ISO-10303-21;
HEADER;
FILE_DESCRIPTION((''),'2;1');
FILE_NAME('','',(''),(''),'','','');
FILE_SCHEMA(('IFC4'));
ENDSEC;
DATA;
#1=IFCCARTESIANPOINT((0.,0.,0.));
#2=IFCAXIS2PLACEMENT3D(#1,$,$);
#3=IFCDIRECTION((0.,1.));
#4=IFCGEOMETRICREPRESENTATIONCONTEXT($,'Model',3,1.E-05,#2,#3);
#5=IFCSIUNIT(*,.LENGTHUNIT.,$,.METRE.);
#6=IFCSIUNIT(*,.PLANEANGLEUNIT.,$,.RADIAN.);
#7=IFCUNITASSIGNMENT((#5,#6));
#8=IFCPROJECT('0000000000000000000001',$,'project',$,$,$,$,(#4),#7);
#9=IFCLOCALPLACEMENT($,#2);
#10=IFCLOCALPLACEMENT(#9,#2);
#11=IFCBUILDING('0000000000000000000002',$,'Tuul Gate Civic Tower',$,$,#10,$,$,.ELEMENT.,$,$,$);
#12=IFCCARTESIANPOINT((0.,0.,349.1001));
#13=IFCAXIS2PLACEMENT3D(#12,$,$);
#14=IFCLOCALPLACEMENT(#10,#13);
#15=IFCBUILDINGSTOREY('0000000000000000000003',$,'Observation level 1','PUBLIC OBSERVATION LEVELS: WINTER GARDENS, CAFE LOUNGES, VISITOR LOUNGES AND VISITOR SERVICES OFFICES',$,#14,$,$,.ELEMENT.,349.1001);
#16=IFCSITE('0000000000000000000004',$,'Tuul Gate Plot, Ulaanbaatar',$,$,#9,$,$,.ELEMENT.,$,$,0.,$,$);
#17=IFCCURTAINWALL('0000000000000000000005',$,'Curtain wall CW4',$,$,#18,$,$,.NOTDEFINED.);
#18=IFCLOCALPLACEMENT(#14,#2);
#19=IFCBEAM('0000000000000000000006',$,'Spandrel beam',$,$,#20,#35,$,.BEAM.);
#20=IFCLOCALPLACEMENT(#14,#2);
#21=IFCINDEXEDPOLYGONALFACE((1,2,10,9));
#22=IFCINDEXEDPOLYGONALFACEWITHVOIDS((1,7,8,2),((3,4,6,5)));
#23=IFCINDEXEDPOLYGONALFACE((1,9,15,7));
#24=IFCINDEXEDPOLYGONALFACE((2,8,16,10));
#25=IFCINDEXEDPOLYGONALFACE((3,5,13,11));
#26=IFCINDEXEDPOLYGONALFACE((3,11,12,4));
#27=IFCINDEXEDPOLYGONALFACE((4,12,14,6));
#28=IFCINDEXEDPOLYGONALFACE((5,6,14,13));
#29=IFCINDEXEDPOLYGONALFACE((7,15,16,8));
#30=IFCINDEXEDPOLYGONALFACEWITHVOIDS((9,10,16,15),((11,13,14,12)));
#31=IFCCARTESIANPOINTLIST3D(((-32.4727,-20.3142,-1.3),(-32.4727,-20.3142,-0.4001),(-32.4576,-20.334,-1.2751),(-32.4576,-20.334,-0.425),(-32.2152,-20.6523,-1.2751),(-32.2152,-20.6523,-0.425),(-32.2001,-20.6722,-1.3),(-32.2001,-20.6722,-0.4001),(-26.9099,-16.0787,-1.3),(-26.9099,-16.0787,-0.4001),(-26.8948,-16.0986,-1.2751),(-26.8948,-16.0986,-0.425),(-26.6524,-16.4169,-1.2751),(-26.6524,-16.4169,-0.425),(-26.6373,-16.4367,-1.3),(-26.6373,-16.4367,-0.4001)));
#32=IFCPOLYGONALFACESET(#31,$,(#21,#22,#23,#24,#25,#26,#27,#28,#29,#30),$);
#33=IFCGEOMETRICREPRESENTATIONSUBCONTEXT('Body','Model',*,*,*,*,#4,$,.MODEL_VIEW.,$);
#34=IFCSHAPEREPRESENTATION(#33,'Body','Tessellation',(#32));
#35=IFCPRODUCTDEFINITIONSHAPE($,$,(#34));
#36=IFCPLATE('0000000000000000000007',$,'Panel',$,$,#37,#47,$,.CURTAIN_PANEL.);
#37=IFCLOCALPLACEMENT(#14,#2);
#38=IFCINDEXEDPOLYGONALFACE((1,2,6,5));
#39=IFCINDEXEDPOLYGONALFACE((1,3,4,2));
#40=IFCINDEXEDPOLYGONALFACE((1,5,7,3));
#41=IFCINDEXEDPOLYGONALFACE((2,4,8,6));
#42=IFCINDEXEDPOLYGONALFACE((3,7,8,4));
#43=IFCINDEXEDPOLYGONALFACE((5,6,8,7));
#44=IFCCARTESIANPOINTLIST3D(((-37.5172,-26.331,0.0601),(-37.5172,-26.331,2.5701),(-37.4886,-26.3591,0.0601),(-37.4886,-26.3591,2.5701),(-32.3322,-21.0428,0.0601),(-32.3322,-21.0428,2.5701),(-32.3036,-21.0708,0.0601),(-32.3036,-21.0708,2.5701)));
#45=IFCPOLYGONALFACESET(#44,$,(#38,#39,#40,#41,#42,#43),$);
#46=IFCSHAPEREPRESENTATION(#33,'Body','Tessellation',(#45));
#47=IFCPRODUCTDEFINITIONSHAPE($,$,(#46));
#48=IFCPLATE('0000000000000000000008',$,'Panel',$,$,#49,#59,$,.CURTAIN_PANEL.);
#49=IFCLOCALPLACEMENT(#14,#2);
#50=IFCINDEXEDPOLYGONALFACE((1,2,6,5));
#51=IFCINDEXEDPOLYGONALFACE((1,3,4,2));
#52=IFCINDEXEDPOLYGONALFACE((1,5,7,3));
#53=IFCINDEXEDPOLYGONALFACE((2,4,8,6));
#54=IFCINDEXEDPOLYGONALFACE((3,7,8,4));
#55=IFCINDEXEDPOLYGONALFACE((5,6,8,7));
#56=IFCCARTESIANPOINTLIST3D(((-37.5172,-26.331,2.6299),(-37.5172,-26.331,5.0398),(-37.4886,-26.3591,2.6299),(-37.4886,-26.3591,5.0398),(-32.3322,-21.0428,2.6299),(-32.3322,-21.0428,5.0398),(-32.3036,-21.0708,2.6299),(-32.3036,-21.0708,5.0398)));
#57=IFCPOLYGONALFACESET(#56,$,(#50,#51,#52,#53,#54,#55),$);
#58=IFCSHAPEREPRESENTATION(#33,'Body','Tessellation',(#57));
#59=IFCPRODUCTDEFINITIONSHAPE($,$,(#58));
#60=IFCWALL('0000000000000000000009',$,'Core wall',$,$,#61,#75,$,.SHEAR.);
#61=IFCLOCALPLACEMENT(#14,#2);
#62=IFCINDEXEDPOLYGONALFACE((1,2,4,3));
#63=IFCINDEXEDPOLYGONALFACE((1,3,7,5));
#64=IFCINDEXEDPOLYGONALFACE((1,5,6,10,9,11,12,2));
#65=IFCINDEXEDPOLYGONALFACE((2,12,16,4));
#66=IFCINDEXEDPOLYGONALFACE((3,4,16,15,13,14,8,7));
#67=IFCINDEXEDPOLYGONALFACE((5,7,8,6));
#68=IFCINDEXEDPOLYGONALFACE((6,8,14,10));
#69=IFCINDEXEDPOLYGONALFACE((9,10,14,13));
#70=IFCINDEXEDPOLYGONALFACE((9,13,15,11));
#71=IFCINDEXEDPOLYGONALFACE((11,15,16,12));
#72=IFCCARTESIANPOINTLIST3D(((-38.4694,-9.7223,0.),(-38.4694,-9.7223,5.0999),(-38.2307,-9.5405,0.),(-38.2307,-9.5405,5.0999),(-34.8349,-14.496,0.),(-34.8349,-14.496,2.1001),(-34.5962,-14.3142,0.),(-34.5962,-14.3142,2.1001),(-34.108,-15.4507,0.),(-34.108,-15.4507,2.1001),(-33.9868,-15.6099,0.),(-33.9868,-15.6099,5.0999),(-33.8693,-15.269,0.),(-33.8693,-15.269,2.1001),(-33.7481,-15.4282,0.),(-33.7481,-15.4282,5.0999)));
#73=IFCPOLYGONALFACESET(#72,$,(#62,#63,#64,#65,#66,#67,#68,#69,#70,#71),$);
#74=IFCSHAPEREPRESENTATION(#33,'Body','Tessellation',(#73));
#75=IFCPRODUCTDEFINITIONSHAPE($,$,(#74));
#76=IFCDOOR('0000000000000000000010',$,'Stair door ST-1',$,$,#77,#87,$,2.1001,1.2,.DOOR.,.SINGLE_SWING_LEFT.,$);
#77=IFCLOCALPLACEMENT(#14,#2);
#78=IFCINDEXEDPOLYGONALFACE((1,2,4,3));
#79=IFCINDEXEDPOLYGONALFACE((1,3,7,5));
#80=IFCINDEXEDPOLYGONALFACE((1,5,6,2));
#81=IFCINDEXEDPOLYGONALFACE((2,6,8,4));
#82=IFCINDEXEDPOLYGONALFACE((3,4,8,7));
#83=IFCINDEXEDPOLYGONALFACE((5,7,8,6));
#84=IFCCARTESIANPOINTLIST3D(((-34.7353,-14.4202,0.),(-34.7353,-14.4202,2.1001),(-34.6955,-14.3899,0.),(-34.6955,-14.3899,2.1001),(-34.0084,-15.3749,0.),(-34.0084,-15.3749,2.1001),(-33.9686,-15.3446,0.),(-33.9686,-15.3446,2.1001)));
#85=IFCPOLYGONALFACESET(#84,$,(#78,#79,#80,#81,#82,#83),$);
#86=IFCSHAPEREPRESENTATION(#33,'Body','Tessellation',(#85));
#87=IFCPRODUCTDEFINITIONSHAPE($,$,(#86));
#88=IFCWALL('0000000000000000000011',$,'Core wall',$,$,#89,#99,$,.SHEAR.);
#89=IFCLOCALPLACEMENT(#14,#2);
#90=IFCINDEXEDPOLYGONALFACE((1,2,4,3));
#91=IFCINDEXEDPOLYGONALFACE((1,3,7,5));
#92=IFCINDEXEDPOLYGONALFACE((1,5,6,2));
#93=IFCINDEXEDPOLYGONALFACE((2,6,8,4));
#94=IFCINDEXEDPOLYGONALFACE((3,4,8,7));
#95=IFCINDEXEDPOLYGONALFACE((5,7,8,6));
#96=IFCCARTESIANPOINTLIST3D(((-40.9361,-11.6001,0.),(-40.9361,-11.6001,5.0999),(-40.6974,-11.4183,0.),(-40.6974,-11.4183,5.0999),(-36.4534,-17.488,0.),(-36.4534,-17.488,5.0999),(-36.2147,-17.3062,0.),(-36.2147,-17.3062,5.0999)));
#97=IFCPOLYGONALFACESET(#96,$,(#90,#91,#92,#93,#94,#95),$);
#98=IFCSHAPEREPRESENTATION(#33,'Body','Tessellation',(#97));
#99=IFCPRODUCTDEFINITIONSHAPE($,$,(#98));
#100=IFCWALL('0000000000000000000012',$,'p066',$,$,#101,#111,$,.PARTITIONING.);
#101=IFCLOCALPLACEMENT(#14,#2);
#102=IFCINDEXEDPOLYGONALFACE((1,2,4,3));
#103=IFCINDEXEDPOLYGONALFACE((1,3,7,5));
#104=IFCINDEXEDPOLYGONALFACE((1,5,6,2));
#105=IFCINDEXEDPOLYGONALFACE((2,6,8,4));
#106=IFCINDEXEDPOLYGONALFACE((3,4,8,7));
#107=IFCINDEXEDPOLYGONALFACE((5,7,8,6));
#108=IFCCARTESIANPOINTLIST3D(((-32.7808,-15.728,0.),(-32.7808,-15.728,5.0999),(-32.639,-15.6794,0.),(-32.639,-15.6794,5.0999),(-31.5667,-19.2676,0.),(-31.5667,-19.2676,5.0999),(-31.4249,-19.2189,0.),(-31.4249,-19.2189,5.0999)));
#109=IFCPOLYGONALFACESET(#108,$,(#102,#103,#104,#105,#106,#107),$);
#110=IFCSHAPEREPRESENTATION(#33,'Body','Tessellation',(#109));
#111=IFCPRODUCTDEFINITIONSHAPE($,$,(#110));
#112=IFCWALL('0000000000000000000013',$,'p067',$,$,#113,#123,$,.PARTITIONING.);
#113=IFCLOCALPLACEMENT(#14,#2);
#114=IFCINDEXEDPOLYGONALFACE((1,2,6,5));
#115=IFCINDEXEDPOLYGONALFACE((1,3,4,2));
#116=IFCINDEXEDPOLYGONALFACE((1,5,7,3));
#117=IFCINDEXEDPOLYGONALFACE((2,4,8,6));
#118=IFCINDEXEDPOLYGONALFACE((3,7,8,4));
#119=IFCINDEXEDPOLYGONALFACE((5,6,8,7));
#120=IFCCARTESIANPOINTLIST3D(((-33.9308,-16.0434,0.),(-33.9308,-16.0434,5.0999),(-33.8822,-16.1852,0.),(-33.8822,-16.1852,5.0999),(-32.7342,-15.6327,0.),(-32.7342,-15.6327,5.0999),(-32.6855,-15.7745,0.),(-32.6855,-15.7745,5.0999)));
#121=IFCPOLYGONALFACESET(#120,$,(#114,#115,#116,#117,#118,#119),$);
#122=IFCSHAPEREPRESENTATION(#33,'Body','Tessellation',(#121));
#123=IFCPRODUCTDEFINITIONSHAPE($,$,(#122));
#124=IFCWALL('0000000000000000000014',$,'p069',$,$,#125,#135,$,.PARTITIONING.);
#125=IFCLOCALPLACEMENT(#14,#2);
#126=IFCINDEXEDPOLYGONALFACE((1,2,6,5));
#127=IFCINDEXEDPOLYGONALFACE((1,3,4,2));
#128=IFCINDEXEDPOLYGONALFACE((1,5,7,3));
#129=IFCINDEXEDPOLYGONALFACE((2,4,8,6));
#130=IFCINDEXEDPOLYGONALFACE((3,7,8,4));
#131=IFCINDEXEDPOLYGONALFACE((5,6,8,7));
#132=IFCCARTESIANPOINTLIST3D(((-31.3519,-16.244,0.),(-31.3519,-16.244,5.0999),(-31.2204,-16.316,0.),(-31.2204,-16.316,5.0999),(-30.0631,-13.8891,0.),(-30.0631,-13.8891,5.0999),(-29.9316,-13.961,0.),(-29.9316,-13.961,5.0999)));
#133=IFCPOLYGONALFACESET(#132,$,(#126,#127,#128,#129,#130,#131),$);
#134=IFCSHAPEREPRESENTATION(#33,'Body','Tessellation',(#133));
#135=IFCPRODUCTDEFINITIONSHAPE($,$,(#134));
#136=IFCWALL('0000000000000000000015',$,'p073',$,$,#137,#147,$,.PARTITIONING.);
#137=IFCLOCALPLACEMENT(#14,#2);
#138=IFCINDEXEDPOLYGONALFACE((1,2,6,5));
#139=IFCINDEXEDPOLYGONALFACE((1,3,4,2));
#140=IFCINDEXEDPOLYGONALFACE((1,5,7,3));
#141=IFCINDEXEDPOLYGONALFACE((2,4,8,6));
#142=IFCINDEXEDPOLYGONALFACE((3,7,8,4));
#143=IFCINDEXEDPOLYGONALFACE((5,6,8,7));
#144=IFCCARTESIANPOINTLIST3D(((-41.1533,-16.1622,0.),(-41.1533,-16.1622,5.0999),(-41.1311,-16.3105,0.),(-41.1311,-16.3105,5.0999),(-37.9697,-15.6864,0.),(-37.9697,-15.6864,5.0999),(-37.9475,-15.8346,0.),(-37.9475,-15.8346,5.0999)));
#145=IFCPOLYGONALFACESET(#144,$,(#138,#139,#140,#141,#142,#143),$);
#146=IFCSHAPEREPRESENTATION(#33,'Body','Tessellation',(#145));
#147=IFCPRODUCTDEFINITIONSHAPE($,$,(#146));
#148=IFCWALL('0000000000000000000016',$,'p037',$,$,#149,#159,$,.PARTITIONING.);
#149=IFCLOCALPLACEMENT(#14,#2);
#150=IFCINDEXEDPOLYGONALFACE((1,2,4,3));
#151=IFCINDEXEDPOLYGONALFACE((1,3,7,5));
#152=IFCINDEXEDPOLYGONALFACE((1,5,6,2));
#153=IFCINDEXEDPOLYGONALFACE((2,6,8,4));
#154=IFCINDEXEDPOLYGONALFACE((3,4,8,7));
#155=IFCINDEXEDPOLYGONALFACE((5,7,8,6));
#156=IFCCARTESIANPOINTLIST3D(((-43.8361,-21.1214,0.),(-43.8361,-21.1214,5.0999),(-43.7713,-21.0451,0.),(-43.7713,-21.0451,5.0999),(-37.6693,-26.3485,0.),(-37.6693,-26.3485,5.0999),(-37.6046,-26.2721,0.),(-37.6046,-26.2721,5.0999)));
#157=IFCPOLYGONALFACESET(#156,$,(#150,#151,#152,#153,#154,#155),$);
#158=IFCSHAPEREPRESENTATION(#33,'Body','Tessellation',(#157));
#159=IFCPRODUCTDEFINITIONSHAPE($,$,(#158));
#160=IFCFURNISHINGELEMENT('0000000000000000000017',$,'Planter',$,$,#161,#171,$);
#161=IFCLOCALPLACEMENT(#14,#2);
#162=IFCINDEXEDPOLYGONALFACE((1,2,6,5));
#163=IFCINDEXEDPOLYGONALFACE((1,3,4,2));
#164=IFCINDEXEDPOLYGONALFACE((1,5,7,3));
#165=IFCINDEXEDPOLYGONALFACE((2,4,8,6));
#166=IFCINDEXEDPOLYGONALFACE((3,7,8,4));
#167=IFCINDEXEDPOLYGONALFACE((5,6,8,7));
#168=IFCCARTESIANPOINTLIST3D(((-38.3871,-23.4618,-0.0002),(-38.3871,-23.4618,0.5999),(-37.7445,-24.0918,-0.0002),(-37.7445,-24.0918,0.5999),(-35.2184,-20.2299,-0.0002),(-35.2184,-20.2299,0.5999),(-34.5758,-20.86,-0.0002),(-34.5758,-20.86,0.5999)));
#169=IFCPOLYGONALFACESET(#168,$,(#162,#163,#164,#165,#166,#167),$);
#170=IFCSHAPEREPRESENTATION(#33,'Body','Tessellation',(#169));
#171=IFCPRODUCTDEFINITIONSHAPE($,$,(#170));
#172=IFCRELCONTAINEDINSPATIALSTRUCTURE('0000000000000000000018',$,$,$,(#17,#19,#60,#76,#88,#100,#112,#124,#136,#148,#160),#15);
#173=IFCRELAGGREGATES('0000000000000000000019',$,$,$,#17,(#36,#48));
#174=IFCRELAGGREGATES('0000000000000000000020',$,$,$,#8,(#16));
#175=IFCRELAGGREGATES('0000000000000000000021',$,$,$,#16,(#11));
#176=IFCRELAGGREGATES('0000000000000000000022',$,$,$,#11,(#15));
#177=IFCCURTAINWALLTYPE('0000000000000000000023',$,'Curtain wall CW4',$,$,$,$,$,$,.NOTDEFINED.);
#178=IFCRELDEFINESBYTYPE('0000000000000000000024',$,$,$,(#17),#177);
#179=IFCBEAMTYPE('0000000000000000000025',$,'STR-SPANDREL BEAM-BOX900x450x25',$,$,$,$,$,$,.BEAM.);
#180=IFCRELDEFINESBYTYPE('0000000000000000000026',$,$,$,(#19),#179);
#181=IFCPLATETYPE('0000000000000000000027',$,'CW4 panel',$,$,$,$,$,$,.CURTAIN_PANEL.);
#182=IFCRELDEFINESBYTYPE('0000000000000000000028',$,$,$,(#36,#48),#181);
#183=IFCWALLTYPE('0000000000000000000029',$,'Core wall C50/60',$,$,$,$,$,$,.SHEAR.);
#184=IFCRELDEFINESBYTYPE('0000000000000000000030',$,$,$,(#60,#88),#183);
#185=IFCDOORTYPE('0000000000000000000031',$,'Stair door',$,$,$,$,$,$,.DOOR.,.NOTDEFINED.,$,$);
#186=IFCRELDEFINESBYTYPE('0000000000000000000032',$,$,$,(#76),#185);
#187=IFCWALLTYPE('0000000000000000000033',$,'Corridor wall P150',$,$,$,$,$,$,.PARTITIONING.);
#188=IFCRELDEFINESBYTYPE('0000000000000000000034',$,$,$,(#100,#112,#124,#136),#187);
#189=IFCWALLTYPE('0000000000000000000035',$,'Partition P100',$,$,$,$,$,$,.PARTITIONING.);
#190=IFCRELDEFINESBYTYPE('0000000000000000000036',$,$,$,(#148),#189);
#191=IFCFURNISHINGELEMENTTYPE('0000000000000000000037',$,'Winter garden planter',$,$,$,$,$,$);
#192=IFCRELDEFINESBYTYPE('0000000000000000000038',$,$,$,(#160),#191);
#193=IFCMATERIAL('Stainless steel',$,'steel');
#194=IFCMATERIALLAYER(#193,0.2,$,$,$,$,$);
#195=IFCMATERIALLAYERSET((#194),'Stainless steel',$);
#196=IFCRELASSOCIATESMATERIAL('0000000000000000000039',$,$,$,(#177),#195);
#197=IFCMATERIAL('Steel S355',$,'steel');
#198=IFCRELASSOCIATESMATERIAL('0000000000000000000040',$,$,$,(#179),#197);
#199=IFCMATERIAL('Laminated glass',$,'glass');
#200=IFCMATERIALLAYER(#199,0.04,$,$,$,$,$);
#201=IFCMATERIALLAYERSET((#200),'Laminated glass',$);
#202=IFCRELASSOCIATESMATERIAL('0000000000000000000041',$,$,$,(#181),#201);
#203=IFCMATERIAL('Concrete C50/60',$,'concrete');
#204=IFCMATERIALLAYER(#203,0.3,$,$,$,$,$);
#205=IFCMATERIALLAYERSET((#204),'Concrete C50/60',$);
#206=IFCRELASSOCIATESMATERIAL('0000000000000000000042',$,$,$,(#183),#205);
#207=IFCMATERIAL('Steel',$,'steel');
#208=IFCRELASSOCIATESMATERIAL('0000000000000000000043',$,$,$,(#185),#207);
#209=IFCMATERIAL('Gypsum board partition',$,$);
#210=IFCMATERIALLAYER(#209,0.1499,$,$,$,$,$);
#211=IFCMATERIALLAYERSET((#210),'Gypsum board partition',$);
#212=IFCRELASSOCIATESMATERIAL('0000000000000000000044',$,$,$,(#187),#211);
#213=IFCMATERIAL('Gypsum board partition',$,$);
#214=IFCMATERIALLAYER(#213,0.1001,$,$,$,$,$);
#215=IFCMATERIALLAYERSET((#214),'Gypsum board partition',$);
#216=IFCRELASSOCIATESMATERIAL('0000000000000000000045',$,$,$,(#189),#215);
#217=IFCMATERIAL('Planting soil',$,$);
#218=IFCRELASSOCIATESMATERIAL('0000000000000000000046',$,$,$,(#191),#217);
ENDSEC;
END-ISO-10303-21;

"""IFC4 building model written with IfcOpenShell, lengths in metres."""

from ifc_helpers import new_model, si_unit, direction, frame, frame_2d, origin, origin_2d, place, context, subcontext, project, spatial, rectangle, hollow_rectangle, extrude, material, layer, layer_set, material_profile, profile_set, type_object, element, fill, aggregate, save


model = new_model("IFC4")

# Units and contexts
model_context = context("Model", 3, precision=1e-05, world=origin(), true_north=direction((0.0, 1.0)))
body_context = subcontext(model_context, "Body", "Model", "MODEL_VIEW")
ifc_project = project(units=[si_unit("LENGTHUNIT", "METRE"), si_unit("PLANEANGLEUNIT", "RADIAN")], contexts=[model_context])

# Site, building, storey
site_placement = place(None, origin())
site = spatial("IfcSite", under=ifc_project, at=site_placement, Name="Tuul Gate Plot, Ulaanbaatar", CompositionType="ELEMENT", RefElevation=0.0)
building_placement = place(site_placement, origin())
building = spatial("IfcBuilding", under=site, at=building_placement, Name="Tuul Gate Civic Tower", CompositionType="ELEMENT")
storey_placement = place(building_placement, frame((0.0, 0.0, 349.1001)))
storey = spatial("IfcBuildingStorey", under=building, at=storey_placement, Name="Observation level 1", Description="PUBLIC OBSERVATION LEVELS: WINTER GARDENS, CAFE LOUNGES, VISITOR LOUNGES AND VISITOR SERVICES OFFICES", CompositionType="ELEMENT", Elevation=349.1001)

# Curtain wall
ifc_material_1 = material(Name="Stainless steel", Category="steel")
ifc_layer_1 = layer(ifc_material_1, 0.2)
ifc_layer_set_1 = layer_set([ifc_layer_1], Name="Stainless steel")
curtain_wall_type = type_object("IfcCurtainWallType", Name="Curtain wall CW4", PredefinedType="NOTDEFINED", material=ifc_layer_set_1)
curtain_wall_1_placement = place(storey_placement, origin())
curtain_wall_1 = element("IfcCurtainWall", 1, at=curtain_wall_1_placement, inside=storey, type_object=curtain_wall_type, Name="Curtain wall CW4", PredefinedType="NOTDEFINED")

# Beam
ifc_material_2 = material(Name="Steel S355", Category="steel")
ifc_material_profile_1 = material_profile(ifc_material_2, hollow_rectangle(XDim=0.45, YDim=0.8999, WallThickness=0.0249, at=origin_2d()), Name="BOX900x450x25")
ifc_profile_set_1 = profile_set([ifc_material_profile_1], Name="Steel S355")
beam_type_1 = type_object("IfcBeamType", Name="STR-SPANDREL BEAM-BOX900x450x25", PredefinedType="BEAM", material=ifc_profile_set_1)
beam_1_placement = place(storey_placement, frame((-32.3364, -20.4932, -0.8501), z_axis=(0.795634, 0.605778, 0.0), x_axis=(-0.605778, 0.795634, 0.0)))
element("IfcBeam", 2, at=beam_1_placement, inside=storey, type_object=beam_type_1, Name="Spandrel beam", PredefinedType="BEAM", context=body_context, shape_type="SweptSolid", body=[
    extrude(hollow_rectangle(XDim=0.45, YDim=0.8999, WallThickness=0.0249, at=origin_2d()), origin(), (0.0, 0.0, 1.0), 6.9917),
])

# Plates
ifc_material_3 = material(Name="Laminated glass", Category="glass")
ifc_layer_2 = layer(ifc_material_3, 0.04)
ifc_layer_set_2 = layer_set([ifc_layer_2], Name="Laminated glass")
plate_type = type_object("IfcPlateType", Name="CW4 panel", PredefinedType="CURTAIN_PANEL", material=ifc_layer_set_2)
plate_1_placement = place(storey_placement, frame((-34.9104, -23.7009, 0.0601), z_axis=(0.0, 0.0, 1.0), x_axis=(0.700097, 0.714048, 0.0)))
plate_1 = element("IfcPlate", 3, at=plate_1_placement, type_object=plate_type, Name="Panel", PredefinedType="CURTAIN_PANEL", context=body_context, shape_type="SweptSolid", body=[
    extrude(rectangle(XDim=7.406, YDim=0.04, at=origin_2d()), origin(), (0.0, 0.0, 1.0), 2.51),
])
plate_2_placement = place(storey_placement, frame((-34.9104, -23.7009, 2.6299), z_axis=(0.0, 0.0, 1.0), x_axis=(0.700097, 0.714048, 0.0)))
plate_2 = element("IfcPlate", 4, at=plate_2_placement, type_object=plate_type, Name="Panel", PredefinedType="CURTAIN_PANEL", context=body_context, shape_type="SweptSolid", body=[
    extrude(rectangle(XDim=7.406, YDim=0.04, at=origin_2d()), origin(), (0.0, 0.0, 1.0), 2.4099),
])
aggregate(curtain_wall_1, [plate_1, plate_2])

# Wall, opening, door
ifc_material_4 = material(Name="Concrete C50/60", Category="concrete")
ifc_layer_3 = layer(ifc_material_4, 0.3)
ifc_layer_set_3 = layer_set([ifc_layer_3], Name="Concrete C50/60")
wall_type_1 = type_object("IfcWallType", Name="Core wall C50/60", PredefinedType="SHEAR", material=ifc_layer_set_3)
wall_1_placement = place(storey_placement, frame((-33.8674, -15.519, 0.0), z_axis=(0.0, 0.0, 1.0), x_axis=(-0.60577, 0.79564, 0.0)))
wall_1 = element("IfcWall", 5, at=wall_1_placement, inside=storey, type_object=wall_type_1, Name="Core wall", PredefinedType="SHEAR", context=body_context, shape_type="SweptSolid", body=[
    extrude(rectangle(XDim=7.3999, YDim=0.3, at=frame_2d((3.7, 0.0))), origin(), (0.0, 0.0, 1.0), 5.0999),
])
opening_placement = place(wall_1_placement, frame((0.2, 0.0, 0.0)))
opening = element("IfcOpeningElement", 6, at=opening_placement, cuts=wall_1, PredefinedType="OPENING", context=body_context, shape_type="SweptSolid", body=[
    extrude(rectangle(XDim=1.2, YDim=2.1001, at=frame_2d((0.6001, 1.05))), frame((0.0, 0.1602, 0.0), z_axis=(0.0, -1.0, 0.0), x_axis=(1.0, 0.0, 0.0)), (0.0, 0.0, 1.0), 0.3201),
])
ifc_material_5 = material(Name="Steel", Category="steel")
door_type = type_object("IfcDoorType", Name="Stair door", OperationType="NOTDEFINED", PredefinedType="DOOR", material=ifc_material_5)
door_placement = place(opening_placement, origin())
door = element("IfcDoor", 7, at=door_placement, inside=storey, type_object=door_type, Name="Stair door ST-1", OperationType="SINGLE_SWING_LEFT", OverallHeight=2.1001, OverallWidth=1.2, PredefinedType="DOOR", context=body_context, shape_type="SweptSolid", body=[
    extrude(rectangle(XDim=1.2, YDim=2.1001, at=frame_2d((0.6001, 1.05))), frame((0.0, 0.0249, 0.0), z_axis=(0.0, -1.0, 0.0), x_axis=(1.0, 0.0, 0.0)), (0.0, 0.0, 1.0), 0.05),
])
fill(opening, door)

# Walls
wall_2_placement = place(storey_placement, frame((-36.334, -17.3972, 0.0), z_axis=(0.0, 0.0, 1.0), x_axis=(-0.605754, 0.795652, 0.0)))
element("IfcWall", 8, at=wall_2_placement, inside=storey, type_object=wall_type_1, Name="Core wall", PredefinedType="SHEAR", context=body_context, shape_type="SweptSolid", body=[
    extrude(rectangle(XDim=7.4001, YDim=0.3, at=frame_2d((3.7002, 0.0))), origin(), (0.0, 0.0, 1.0), 5.0999),
])
ifc_material_6 = material(Name="Gypsum board partition")
ifc_layer_4 = layer(ifc_material_6, 0.1499)
ifc_layer_set_4 = layer_set([ifc_layer_4], Name="Gypsum board partition")
wall_type_2 = type_object("IfcWallType", Name="Corridor wall P150", PredefinedType="PARTITIONING", material=ifc_layer_set_4)
wall_3_placement = place(storey_placement, frame((-32.71, -15.7036, 0.0), z_axis=(0.0, 0.0, 1.0), x_axis=(0.324456, -0.945901, 0.0)))
element("IfcWall", 9, at=wall_3_placement, inside=storey, type_object=wall_type_2, Name="p066", PredefinedType="PARTITIONING", context=body_context, shape_type="SweptSolid", body=[
    extrude(rectangle(XDim=3.7419, YDim=0.1499, at=frame_2d((1.8711, 0.0))), origin(), (0.0, 0.0, 1.0), 5.0999),
])
wall_4_placement = place(storey_placement, frame((-33.9065, -16.1143, 0.0), z_axis=(0.0, 0.0, 1.0), x_axis=(0.945848, 0.32461, 0.0)))
element("IfcWall", 10, at=wall_4_placement, inside=storey, type_object=wall_type_2, Name="p067", PredefinedType="PARTITIONING", context=body_context, shape_type="SweptSolid", body=[
    extrude(rectangle(XDim=1.2651, YDim=0.1499, at=frame_2d((0.6326, 0.0))), origin(), (0.0, 0.0, 1.0), 5.0999),
])
wall_5_placement = place(storey_placement, frame((-31.2861, -16.28, 0.0), z_axis=(0.0, 0.0, 1.0), x_axis=(0.480081, 0.877224, 0.0)))
element("IfcWall", 11, at=wall_5_placement, inside=storey, type_object=wall_type_2, Name="p069", PredefinedType="PARTITIONING", context=body_context, shape_type="SweptSolid", body=[
    extrude(rectangle(XDim=2.6846, YDim=0.1499, at=frame_2d((1.3423, 0.0))), origin(), (0.0, 0.0, 1.0), 5.0999),
])
wall_6_placement = place(storey_placement, frame((-41.1421, -16.2363, 0.0), z_axis=(0.0, 0.0, 1.0), x_axis=(0.989014, 0.147821, 0.0)))
element("IfcWall", 12, at=wall_6_placement, inside=storey, type_object=wall_type_2, Name="p073", PredefinedType="PARTITIONING", context=body_context, shape_type="SweptSolid", body=[
    extrude(rectangle(XDim=3.219, YDim=0.1499, at=frame_2d((1.6094, 0.0))), origin(), (0.0, 0.0, 1.0), 5.0999),
])
ifc_material_7 = material(Name="Gypsum board partition")
ifc_layer_5 = layer(ifc_material_7, 0.1001)
ifc_layer_set_5 = layer_set([ifc_layer_5], Name="Gypsum board partition")
wall_type_3 = type_object("IfcWallType", Name="Partition P100", PredefinedType="PARTITIONING", material=ifc_layer_set_5)
wall_7_placement = place(storey_placement, frame((-43.8037, -21.0833, 0.0), z_axis=(0.0, 0.0, 1.0), x_axis=(0.762835, -0.646593, 0.0)))
element("IfcWall", 13, at=wall_7_placement, inside=storey, type_object=wall_type_3, Name="p037", PredefinedType="PARTITIONING", context=body_context, shape_type="SweptSolid", body=[
    extrude(rectangle(XDim=8.084, YDim=0.1001, at=frame_2d((4.042, 0.0))), origin(), (0.0, 0.0, 1.0), 5.0999),
])

# Furnishing element
ifc_material_8 = material(Name="Planting soil")
furnishing_element_type = type_object("IfcFurnishingElementType", Name="Winter garden planter", material=ifc_material_8)
furnishing_placement = place(storey_placement, frame((-36.4814, -22.1609, -0.0002), z_axis=(0.0, 0.0, 1.0), x_axis=(0.700097, 0.714048, 0.0)))
element("IfcFurnishingElement", 14, at=furnishing_placement, inside=storey, type_object=furnishing_element_type, Name="Planter", context=body_context, shape_type="SweptSolid", body=[
    extrude(rectangle(XDim=4.5261, YDim=0.8999, at=origin_2d()), origin(), (0.0, 0.0, 1.0), 0.6001),
])

save(model, "model.ifc")
